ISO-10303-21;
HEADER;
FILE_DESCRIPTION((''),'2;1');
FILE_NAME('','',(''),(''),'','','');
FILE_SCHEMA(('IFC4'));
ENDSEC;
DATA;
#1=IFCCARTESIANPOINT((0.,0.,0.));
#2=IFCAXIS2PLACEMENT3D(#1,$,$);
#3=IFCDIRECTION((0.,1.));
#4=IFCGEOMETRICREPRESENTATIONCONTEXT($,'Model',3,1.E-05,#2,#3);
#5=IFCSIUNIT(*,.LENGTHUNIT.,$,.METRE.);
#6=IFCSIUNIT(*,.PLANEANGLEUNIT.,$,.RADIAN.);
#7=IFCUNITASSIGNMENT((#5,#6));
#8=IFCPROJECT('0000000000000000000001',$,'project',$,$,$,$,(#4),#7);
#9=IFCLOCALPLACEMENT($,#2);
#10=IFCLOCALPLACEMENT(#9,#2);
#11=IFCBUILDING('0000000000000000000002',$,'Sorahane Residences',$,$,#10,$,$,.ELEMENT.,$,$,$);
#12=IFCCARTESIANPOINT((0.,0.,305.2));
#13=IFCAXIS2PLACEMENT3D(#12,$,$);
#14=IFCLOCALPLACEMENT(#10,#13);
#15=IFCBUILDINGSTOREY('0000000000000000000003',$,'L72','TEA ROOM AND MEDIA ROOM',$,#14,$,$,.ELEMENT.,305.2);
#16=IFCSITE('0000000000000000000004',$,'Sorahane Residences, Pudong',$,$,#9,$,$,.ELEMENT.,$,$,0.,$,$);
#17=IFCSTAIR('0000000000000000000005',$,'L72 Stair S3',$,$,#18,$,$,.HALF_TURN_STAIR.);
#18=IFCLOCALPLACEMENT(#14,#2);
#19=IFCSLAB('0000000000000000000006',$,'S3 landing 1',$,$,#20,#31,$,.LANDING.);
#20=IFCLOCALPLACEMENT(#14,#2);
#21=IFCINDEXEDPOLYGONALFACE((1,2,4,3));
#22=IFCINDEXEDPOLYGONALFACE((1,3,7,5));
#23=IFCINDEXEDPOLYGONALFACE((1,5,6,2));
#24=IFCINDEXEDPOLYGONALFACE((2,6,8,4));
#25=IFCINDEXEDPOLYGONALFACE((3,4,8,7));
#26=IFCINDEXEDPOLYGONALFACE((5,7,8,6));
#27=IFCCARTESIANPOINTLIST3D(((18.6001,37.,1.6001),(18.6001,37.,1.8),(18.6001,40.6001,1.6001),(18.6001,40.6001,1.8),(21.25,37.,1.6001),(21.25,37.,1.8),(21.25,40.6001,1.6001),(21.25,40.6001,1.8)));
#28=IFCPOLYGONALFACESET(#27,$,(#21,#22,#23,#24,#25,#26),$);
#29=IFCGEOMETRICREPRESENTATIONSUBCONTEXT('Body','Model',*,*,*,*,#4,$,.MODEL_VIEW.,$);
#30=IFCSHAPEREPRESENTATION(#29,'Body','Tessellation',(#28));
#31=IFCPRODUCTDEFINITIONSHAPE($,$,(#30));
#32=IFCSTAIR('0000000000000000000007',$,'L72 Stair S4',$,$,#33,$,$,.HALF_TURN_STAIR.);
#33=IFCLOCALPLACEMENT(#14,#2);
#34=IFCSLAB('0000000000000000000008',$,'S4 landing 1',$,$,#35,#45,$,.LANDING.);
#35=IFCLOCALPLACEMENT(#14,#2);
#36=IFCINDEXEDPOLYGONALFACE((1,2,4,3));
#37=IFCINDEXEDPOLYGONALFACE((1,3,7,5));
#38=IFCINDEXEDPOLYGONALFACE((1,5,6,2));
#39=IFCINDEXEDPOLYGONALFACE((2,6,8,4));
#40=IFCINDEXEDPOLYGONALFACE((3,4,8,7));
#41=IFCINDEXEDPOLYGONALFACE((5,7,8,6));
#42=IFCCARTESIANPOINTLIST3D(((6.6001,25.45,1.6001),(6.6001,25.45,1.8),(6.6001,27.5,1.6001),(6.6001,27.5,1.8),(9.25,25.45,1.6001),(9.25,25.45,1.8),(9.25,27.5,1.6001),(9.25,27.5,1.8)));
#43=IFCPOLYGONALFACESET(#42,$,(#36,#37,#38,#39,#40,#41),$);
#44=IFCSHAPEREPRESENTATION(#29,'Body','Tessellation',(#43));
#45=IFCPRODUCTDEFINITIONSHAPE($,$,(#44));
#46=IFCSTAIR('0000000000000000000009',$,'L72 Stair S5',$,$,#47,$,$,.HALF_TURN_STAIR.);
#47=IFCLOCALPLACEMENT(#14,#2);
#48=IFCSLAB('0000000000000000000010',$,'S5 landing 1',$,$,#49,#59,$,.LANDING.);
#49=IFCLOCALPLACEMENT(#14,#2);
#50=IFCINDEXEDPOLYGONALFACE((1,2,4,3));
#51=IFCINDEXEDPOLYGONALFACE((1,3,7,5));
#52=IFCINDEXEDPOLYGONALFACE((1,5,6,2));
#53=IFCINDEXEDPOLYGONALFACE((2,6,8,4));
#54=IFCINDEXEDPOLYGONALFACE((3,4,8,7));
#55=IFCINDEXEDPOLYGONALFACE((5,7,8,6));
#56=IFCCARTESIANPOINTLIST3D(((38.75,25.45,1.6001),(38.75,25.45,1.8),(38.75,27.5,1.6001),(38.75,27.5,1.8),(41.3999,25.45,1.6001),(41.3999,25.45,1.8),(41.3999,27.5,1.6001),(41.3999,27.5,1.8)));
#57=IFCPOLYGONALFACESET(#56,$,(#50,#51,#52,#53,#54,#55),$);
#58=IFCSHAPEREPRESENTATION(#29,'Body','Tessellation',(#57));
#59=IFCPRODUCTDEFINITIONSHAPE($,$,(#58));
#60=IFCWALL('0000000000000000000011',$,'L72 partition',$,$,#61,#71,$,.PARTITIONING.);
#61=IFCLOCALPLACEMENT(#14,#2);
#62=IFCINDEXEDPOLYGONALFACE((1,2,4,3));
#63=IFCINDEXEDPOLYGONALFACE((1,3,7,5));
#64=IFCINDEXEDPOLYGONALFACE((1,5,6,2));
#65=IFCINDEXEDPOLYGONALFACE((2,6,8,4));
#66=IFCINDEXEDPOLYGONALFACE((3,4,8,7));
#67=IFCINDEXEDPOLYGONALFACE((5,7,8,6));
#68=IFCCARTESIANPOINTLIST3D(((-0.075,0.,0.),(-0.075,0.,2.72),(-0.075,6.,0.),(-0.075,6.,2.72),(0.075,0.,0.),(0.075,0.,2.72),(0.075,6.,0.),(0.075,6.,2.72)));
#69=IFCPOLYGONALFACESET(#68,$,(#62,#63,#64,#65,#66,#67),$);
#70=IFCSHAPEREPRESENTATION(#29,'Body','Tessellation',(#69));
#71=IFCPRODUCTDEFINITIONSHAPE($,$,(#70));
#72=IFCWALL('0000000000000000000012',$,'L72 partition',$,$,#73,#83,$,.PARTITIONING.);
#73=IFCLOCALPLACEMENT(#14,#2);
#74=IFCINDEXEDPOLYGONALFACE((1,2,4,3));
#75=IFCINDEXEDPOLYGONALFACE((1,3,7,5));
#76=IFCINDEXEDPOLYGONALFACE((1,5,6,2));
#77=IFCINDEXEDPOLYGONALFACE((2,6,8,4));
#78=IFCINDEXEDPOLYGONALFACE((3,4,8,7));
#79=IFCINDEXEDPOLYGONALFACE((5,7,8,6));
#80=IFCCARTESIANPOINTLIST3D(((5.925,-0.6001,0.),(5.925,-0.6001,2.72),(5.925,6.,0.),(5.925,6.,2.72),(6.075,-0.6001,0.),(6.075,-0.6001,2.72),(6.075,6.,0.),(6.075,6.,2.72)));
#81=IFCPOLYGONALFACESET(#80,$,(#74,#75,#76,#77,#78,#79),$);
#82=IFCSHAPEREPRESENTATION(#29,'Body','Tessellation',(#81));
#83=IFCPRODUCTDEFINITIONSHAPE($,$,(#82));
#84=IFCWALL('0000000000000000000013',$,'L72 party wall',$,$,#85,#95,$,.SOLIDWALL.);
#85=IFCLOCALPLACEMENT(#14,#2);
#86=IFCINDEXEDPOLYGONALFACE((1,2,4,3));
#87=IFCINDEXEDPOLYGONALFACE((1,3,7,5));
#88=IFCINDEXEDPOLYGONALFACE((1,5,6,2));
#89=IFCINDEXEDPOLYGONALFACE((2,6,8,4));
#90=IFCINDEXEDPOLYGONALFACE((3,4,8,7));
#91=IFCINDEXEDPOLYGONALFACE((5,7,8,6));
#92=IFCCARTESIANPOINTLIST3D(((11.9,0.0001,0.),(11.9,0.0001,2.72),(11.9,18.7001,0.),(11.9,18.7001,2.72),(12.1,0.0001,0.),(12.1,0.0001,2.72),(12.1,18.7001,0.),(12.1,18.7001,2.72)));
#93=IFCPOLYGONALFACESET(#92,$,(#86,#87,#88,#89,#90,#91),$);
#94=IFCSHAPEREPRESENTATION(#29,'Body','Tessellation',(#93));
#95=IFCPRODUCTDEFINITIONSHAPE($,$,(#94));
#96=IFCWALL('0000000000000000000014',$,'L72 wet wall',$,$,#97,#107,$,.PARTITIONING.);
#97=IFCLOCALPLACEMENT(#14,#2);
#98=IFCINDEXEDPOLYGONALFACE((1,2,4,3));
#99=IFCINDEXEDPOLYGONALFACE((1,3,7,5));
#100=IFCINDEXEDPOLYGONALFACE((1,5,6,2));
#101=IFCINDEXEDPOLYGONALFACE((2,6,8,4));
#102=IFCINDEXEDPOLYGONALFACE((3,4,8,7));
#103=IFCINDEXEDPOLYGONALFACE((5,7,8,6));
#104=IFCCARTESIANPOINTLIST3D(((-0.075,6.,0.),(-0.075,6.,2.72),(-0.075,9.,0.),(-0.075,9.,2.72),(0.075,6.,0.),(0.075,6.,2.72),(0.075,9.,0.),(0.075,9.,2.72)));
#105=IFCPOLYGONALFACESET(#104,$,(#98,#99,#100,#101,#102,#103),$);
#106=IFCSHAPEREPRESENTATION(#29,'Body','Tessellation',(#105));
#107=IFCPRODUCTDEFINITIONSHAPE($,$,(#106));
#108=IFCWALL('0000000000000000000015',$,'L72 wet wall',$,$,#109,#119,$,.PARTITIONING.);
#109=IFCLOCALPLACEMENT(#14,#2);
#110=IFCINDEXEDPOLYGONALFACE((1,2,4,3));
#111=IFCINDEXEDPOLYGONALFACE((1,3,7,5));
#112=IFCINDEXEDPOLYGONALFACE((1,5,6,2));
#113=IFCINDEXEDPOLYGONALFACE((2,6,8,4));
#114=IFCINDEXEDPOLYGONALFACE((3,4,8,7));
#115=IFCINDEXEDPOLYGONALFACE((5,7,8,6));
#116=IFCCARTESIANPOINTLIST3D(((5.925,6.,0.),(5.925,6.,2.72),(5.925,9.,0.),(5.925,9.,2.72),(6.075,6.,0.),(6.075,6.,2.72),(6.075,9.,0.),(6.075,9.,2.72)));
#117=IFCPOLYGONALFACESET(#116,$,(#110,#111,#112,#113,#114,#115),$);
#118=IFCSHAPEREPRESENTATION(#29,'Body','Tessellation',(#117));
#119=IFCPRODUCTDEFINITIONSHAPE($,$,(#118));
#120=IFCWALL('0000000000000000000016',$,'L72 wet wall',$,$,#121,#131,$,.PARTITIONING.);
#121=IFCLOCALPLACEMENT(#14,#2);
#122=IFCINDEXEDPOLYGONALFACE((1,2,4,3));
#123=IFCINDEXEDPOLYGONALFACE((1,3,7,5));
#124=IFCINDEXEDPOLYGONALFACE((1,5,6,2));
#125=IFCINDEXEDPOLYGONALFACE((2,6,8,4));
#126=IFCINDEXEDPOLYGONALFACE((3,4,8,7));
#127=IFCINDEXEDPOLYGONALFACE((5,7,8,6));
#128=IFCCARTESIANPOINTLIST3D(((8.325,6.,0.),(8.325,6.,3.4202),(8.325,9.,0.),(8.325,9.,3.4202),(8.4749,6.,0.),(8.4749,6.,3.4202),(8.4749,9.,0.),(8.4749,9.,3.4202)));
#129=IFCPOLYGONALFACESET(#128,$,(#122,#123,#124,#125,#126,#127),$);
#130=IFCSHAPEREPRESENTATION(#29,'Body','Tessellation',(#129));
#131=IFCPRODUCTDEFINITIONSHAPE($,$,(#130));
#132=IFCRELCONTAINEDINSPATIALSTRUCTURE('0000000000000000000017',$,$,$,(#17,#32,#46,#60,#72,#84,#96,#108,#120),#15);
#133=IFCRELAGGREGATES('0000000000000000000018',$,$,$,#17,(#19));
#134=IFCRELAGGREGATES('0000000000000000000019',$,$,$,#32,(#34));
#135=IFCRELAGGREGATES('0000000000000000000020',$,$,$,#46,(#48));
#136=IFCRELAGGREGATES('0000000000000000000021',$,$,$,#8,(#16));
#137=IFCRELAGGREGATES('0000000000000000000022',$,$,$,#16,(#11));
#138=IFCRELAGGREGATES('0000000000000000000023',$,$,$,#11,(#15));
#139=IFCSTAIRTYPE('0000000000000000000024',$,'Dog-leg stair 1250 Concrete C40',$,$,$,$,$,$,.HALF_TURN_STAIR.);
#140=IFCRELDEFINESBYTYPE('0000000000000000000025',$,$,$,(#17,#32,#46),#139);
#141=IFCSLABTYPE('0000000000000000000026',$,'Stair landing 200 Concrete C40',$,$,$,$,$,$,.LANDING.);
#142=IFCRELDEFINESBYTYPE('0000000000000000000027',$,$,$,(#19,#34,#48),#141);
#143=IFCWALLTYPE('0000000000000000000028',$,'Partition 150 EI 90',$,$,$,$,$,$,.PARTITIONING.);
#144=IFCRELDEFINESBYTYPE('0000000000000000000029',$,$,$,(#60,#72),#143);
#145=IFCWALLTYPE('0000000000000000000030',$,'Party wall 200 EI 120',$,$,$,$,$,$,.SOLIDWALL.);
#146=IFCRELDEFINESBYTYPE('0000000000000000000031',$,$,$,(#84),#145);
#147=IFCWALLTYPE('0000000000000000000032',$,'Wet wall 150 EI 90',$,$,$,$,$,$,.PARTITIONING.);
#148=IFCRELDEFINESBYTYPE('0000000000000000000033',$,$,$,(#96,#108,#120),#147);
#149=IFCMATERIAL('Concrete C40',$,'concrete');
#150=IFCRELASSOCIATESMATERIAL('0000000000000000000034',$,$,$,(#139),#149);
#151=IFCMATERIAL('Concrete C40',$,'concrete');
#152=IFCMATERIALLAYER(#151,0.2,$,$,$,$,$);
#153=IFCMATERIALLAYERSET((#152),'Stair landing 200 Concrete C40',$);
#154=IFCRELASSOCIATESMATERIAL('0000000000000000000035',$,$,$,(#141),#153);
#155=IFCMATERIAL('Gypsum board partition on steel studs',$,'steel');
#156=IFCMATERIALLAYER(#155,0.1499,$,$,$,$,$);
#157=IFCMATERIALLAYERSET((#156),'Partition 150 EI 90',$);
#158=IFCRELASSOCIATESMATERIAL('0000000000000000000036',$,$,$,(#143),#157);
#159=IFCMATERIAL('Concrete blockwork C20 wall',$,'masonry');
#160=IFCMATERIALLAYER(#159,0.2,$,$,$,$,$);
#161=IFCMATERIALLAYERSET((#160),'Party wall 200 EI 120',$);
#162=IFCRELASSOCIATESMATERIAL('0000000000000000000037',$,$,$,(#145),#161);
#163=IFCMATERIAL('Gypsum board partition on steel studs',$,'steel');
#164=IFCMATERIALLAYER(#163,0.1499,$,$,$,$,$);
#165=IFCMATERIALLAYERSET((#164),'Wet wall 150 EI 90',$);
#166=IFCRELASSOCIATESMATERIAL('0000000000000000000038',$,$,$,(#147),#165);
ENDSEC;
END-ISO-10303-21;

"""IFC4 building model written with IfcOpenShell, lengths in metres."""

from ifc_helpers import new_model, si_unit, direction, frame, frame_2d, origin, place, context, subcontext, project, spatial, polyline, rectangle, outline, extrude, material, layer, layer_set, type_object, element, aggregate, save


model = new_model("IFC4")

# Units and contexts
model_context = context("Model", 3, precision=1e-05, world=origin(), true_north=direction((0.0, 1.0)))
body_context = subcontext(model_context, "Body", "Model", "MODEL_VIEW")
ifc_project = project(units=[si_unit("LENGTHUNIT", "METRE"), si_unit("PLANEANGLEUNIT", "RADIAN")], contexts=[model_context])

# Site, building, storey
site_placement = place(None, origin())
site = spatial("IfcSite", under=ifc_project, at=site_placement, Name="Sorahane Residences, Pudong", CompositionType="ELEMENT", RefElevation=0.0)
building_placement = place(site_placement, origin())
building = spatial("IfcBuilding", under=site, at=building_placement, Name="Sorahane Residences", CompositionType="ELEMENT")
storey_placement = place(building_placement, frame((0.0, 0.0, 305.2)))
storey = spatial("IfcBuildingStorey", under=building, at=storey_placement, Name="L72", Description="TEA ROOM AND MEDIA ROOM", CompositionType="ELEMENT", Elevation=305.2)

# Stairs, slabs
ifc_material_1 = material(Name="Concrete C40", Category="concrete")
stair_type = type_object("IfcStairType", Name="Dog-leg stair 1250 Concrete C40", PredefinedType="HALF_TURN_STAIR", material=ifc_material_1)
ifc_material_2 = material(Name="Concrete C40", Category="concrete")
ifc_layer_1 = layer(ifc_material_2, 0.2)
ifc_layer_set_1 = layer_set([ifc_layer_1], Name="Stair landing 200 Concrete C40")
slab_type_1 = type_object("IfcSlabType", Name="Stair landing 200 Concrete C40", PredefinedType="LANDING", material=ifc_layer_set_1)
stair_1_placement = place(storey_placement, origin())
stair_1 = element("IfcStair", 1, at=stair_1_placement, inside=storey, type_object=stair_type, Name="L72 Stair S3", PredefinedType="HALF_TURN_STAIR")
slab_1_placement = place(storey_placement, frame((0.0, 0.0, 1.6001)))
slab_1 = element("IfcSlab", 2, at=slab_1_placement, type_object=slab_type_1, Name="S3 landing 1", PredefinedType="LANDING", context=body_context, shape_type="SweptSolid", body=[
    extrude(outline(polyline([(18.6001, 40.6001), (18.6001, 37.0), (21.25, 37.0), (21.25, 40.6001), (18.6001, 40.6001)])), origin(), (0.0, 0.0, 1.0), 0.2),
])
aggregate(stair_1, [slab_1])
stair_2_placement = place(storey_placement, origin())
stair_2 = element("IfcStair", 3, at=stair_2_placement, inside=storey, type_object=stair_type, Name="L72 Stair S4", PredefinedType="HALF_TURN_STAIR")
slab_2_placement = place(storey_placement, frame((0.0, 0.0, 1.6001)))
slab_2 = element("IfcSlab", 4, at=slab_2_placement, type_object=slab_type_1, Name="S4 landing 1", PredefinedType="LANDING", context=body_context, shape_type="SweptSolid", body=[
    extrude(outline(polyline([(9.25, 25.45), (9.25, 27.5), (6.6001, 27.5), (6.6001, 25.45), (9.25, 25.45)])), origin(), (0.0, 0.0, 1.0), 0.2),
])
aggregate(stair_2, [slab_2])
stair_3_placement = place(storey_placement, origin())
stair_3 = element("IfcStair", 5, at=stair_3_placement, inside=storey, type_object=stair_type, Name="L72 Stair S5", PredefinedType="HALF_TURN_STAIR")
slab_3_placement = place(storey_placement, frame((0.0, 0.0, 1.6001)))
slab_3 = element("IfcSlab", 6, at=slab_3_placement, type_object=slab_type_1, Name="S5 landing 1", PredefinedType="LANDING", context=body_context, shape_type="SweptSolid", body=[
    extrude(outline(polyline([(41.3999, 25.45), (41.3999, 27.5), (38.75, 27.5), (38.75, 25.45), (41.3999, 25.45)])), origin(), (0.0, 0.0, 1.0), 0.2),
])
aggregate(stair_3, [slab_3])

# Walls
ifc_material_3 = material(Name="Gypsum board partition on steel studs", Category="steel")
ifc_layer_2 = layer(ifc_material_3, 0.1499)
ifc_layer_set_2 = layer_set([ifc_layer_2], Name="Partition 150 EI 90")
wall_type_1 = type_object("IfcWallType", Name="Partition 150 EI 90", PredefinedType="PARTITIONING", material=ifc_layer_set_2)
wall_1_placement = place(storey_placement, frame((0.0, 0.0, 0.0), z_axis=(0.0, 0.0, 1.0), x_axis=(0.0, 1.0, 0.0)))
element("IfcWall", 7, at=wall_1_placement, inside=storey, type_object=wall_type_1, Name="L72 partition", PredefinedType="PARTITIONING", context=body_context, shape_type="SweptSolid", body=[
    extrude(rectangle(XDim=6.0, YDim=0.1499, at=frame_2d((3.0, 0.0))), origin(), (0.0, 0.0, 1.0), 2.72),
])
wall_2_placement = place(storey_placement, frame((6.0, -0.6001, 0.0), z_axis=(0.0, 0.0, 1.0), x_axis=(0.0, 1.0, 0.0)))
element("IfcWall", 8, at=wall_2_placement, inside=storey, type_object=wall_type_1, Name="L72 partition", PredefinedType="PARTITIONING", context=body_context, shape_type="SweptSolid", body=[
    extrude(rectangle(XDim=6.6001, YDim=0.1499, at=frame_2d((3.3, 0.0))), origin(), (0.0, 0.0, 1.0), 2.72),
])
ifc_material_4 = material(Name="Concrete blockwork C20 wall", Category="masonry")
ifc_layer_3 = layer(ifc_material_4, 0.2)
ifc_layer_set_3 = layer_set([ifc_layer_3], Name="Party wall 200 EI 120")
wall_type_2 = type_object("IfcWallType", Name="Party wall 200 EI 120", PredefinedType="SOLIDWALL", material=ifc_layer_set_3)
wall_3_placement = place(storey_placement, frame((12.0, 0.0, 0.0), z_axis=(0.0, 0.0, 1.0), x_axis=(0.0, 1.0, 0.0)))
element("IfcWall", 9, at=wall_3_placement, inside=storey, type_object=wall_type_2, Name="L72 party wall", PredefinedType="SOLIDWALL", context=body_context, shape_type="SweptSolid", body=[
    extrude(rectangle(XDim=18.7, YDim=0.2, at=frame_2d((9.3501, 0.0))), origin(), (0.0, 0.0, 1.0), 2.72),
])
ifc_material_5 = material(Name="Gypsum board partition on steel studs", Category="steel")
ifc_layer_4 = layer(ifc_material_5, 0.1499)
ifc_layer_set_4 = layer_set([ifc_layer_4], Name="Wet wall 150 EI 90")
wall_type_3 = type_object("IfcWallType", Name="Wet wall 150 EI 90", PredefinedType="PARTITIONING", material=ifc_layer_set_4)
for number, where, z_axis, x_axis, name in (
    (10, (0.0, 6.0, 0.0), (0.0, 0.0, 1.0), (0.0, 1.0, 0.0), "L72 wet wall"),
    (11, (6.0, 6.0, 0.0), (0.0, 0.0, 1.0), (0.0, 1.0, 0.0), "L72 wet wall"),
):
    element("IfcWall", number, at=place(storey_placement, frame(where, z_axis=z_axis, x_axis=x_axis)), inside=storey, type_object=wall_type_3, Name=name, PredefinedType="PARTITIONING", context=body_context, shape_type="SweptSolid", body=[
        extrude(rectangle(XDim=3.0, YDim=0.1499, at=frame_2d((1.5, 0.0))), origin(), (0.0, 0.0, 1.0), 2.72),
    ])
wall_4_placement = place(storey_placement, frame((8.3999, 6.0, 0.0), z_axis=(0.0, 0.0, 1.0), x_axis=(0.0, 1.0, 0.0)))
element("IfcWall", 12, at=wall_4_placement, inside=storey, type_object=wall_type_3, Name="L72 wet wall", PredefinedType="PARTITIONING", context=body_context, shape_type="SweptSolid", body=[
    extrude(rectangle(XDim=3.0, YDim=0.1499, at=frame_2d((1.5, 0.0))), origin(), (0.0, 0.0, 1.0), 3.4202),
])

save(model, "model.ifc")
